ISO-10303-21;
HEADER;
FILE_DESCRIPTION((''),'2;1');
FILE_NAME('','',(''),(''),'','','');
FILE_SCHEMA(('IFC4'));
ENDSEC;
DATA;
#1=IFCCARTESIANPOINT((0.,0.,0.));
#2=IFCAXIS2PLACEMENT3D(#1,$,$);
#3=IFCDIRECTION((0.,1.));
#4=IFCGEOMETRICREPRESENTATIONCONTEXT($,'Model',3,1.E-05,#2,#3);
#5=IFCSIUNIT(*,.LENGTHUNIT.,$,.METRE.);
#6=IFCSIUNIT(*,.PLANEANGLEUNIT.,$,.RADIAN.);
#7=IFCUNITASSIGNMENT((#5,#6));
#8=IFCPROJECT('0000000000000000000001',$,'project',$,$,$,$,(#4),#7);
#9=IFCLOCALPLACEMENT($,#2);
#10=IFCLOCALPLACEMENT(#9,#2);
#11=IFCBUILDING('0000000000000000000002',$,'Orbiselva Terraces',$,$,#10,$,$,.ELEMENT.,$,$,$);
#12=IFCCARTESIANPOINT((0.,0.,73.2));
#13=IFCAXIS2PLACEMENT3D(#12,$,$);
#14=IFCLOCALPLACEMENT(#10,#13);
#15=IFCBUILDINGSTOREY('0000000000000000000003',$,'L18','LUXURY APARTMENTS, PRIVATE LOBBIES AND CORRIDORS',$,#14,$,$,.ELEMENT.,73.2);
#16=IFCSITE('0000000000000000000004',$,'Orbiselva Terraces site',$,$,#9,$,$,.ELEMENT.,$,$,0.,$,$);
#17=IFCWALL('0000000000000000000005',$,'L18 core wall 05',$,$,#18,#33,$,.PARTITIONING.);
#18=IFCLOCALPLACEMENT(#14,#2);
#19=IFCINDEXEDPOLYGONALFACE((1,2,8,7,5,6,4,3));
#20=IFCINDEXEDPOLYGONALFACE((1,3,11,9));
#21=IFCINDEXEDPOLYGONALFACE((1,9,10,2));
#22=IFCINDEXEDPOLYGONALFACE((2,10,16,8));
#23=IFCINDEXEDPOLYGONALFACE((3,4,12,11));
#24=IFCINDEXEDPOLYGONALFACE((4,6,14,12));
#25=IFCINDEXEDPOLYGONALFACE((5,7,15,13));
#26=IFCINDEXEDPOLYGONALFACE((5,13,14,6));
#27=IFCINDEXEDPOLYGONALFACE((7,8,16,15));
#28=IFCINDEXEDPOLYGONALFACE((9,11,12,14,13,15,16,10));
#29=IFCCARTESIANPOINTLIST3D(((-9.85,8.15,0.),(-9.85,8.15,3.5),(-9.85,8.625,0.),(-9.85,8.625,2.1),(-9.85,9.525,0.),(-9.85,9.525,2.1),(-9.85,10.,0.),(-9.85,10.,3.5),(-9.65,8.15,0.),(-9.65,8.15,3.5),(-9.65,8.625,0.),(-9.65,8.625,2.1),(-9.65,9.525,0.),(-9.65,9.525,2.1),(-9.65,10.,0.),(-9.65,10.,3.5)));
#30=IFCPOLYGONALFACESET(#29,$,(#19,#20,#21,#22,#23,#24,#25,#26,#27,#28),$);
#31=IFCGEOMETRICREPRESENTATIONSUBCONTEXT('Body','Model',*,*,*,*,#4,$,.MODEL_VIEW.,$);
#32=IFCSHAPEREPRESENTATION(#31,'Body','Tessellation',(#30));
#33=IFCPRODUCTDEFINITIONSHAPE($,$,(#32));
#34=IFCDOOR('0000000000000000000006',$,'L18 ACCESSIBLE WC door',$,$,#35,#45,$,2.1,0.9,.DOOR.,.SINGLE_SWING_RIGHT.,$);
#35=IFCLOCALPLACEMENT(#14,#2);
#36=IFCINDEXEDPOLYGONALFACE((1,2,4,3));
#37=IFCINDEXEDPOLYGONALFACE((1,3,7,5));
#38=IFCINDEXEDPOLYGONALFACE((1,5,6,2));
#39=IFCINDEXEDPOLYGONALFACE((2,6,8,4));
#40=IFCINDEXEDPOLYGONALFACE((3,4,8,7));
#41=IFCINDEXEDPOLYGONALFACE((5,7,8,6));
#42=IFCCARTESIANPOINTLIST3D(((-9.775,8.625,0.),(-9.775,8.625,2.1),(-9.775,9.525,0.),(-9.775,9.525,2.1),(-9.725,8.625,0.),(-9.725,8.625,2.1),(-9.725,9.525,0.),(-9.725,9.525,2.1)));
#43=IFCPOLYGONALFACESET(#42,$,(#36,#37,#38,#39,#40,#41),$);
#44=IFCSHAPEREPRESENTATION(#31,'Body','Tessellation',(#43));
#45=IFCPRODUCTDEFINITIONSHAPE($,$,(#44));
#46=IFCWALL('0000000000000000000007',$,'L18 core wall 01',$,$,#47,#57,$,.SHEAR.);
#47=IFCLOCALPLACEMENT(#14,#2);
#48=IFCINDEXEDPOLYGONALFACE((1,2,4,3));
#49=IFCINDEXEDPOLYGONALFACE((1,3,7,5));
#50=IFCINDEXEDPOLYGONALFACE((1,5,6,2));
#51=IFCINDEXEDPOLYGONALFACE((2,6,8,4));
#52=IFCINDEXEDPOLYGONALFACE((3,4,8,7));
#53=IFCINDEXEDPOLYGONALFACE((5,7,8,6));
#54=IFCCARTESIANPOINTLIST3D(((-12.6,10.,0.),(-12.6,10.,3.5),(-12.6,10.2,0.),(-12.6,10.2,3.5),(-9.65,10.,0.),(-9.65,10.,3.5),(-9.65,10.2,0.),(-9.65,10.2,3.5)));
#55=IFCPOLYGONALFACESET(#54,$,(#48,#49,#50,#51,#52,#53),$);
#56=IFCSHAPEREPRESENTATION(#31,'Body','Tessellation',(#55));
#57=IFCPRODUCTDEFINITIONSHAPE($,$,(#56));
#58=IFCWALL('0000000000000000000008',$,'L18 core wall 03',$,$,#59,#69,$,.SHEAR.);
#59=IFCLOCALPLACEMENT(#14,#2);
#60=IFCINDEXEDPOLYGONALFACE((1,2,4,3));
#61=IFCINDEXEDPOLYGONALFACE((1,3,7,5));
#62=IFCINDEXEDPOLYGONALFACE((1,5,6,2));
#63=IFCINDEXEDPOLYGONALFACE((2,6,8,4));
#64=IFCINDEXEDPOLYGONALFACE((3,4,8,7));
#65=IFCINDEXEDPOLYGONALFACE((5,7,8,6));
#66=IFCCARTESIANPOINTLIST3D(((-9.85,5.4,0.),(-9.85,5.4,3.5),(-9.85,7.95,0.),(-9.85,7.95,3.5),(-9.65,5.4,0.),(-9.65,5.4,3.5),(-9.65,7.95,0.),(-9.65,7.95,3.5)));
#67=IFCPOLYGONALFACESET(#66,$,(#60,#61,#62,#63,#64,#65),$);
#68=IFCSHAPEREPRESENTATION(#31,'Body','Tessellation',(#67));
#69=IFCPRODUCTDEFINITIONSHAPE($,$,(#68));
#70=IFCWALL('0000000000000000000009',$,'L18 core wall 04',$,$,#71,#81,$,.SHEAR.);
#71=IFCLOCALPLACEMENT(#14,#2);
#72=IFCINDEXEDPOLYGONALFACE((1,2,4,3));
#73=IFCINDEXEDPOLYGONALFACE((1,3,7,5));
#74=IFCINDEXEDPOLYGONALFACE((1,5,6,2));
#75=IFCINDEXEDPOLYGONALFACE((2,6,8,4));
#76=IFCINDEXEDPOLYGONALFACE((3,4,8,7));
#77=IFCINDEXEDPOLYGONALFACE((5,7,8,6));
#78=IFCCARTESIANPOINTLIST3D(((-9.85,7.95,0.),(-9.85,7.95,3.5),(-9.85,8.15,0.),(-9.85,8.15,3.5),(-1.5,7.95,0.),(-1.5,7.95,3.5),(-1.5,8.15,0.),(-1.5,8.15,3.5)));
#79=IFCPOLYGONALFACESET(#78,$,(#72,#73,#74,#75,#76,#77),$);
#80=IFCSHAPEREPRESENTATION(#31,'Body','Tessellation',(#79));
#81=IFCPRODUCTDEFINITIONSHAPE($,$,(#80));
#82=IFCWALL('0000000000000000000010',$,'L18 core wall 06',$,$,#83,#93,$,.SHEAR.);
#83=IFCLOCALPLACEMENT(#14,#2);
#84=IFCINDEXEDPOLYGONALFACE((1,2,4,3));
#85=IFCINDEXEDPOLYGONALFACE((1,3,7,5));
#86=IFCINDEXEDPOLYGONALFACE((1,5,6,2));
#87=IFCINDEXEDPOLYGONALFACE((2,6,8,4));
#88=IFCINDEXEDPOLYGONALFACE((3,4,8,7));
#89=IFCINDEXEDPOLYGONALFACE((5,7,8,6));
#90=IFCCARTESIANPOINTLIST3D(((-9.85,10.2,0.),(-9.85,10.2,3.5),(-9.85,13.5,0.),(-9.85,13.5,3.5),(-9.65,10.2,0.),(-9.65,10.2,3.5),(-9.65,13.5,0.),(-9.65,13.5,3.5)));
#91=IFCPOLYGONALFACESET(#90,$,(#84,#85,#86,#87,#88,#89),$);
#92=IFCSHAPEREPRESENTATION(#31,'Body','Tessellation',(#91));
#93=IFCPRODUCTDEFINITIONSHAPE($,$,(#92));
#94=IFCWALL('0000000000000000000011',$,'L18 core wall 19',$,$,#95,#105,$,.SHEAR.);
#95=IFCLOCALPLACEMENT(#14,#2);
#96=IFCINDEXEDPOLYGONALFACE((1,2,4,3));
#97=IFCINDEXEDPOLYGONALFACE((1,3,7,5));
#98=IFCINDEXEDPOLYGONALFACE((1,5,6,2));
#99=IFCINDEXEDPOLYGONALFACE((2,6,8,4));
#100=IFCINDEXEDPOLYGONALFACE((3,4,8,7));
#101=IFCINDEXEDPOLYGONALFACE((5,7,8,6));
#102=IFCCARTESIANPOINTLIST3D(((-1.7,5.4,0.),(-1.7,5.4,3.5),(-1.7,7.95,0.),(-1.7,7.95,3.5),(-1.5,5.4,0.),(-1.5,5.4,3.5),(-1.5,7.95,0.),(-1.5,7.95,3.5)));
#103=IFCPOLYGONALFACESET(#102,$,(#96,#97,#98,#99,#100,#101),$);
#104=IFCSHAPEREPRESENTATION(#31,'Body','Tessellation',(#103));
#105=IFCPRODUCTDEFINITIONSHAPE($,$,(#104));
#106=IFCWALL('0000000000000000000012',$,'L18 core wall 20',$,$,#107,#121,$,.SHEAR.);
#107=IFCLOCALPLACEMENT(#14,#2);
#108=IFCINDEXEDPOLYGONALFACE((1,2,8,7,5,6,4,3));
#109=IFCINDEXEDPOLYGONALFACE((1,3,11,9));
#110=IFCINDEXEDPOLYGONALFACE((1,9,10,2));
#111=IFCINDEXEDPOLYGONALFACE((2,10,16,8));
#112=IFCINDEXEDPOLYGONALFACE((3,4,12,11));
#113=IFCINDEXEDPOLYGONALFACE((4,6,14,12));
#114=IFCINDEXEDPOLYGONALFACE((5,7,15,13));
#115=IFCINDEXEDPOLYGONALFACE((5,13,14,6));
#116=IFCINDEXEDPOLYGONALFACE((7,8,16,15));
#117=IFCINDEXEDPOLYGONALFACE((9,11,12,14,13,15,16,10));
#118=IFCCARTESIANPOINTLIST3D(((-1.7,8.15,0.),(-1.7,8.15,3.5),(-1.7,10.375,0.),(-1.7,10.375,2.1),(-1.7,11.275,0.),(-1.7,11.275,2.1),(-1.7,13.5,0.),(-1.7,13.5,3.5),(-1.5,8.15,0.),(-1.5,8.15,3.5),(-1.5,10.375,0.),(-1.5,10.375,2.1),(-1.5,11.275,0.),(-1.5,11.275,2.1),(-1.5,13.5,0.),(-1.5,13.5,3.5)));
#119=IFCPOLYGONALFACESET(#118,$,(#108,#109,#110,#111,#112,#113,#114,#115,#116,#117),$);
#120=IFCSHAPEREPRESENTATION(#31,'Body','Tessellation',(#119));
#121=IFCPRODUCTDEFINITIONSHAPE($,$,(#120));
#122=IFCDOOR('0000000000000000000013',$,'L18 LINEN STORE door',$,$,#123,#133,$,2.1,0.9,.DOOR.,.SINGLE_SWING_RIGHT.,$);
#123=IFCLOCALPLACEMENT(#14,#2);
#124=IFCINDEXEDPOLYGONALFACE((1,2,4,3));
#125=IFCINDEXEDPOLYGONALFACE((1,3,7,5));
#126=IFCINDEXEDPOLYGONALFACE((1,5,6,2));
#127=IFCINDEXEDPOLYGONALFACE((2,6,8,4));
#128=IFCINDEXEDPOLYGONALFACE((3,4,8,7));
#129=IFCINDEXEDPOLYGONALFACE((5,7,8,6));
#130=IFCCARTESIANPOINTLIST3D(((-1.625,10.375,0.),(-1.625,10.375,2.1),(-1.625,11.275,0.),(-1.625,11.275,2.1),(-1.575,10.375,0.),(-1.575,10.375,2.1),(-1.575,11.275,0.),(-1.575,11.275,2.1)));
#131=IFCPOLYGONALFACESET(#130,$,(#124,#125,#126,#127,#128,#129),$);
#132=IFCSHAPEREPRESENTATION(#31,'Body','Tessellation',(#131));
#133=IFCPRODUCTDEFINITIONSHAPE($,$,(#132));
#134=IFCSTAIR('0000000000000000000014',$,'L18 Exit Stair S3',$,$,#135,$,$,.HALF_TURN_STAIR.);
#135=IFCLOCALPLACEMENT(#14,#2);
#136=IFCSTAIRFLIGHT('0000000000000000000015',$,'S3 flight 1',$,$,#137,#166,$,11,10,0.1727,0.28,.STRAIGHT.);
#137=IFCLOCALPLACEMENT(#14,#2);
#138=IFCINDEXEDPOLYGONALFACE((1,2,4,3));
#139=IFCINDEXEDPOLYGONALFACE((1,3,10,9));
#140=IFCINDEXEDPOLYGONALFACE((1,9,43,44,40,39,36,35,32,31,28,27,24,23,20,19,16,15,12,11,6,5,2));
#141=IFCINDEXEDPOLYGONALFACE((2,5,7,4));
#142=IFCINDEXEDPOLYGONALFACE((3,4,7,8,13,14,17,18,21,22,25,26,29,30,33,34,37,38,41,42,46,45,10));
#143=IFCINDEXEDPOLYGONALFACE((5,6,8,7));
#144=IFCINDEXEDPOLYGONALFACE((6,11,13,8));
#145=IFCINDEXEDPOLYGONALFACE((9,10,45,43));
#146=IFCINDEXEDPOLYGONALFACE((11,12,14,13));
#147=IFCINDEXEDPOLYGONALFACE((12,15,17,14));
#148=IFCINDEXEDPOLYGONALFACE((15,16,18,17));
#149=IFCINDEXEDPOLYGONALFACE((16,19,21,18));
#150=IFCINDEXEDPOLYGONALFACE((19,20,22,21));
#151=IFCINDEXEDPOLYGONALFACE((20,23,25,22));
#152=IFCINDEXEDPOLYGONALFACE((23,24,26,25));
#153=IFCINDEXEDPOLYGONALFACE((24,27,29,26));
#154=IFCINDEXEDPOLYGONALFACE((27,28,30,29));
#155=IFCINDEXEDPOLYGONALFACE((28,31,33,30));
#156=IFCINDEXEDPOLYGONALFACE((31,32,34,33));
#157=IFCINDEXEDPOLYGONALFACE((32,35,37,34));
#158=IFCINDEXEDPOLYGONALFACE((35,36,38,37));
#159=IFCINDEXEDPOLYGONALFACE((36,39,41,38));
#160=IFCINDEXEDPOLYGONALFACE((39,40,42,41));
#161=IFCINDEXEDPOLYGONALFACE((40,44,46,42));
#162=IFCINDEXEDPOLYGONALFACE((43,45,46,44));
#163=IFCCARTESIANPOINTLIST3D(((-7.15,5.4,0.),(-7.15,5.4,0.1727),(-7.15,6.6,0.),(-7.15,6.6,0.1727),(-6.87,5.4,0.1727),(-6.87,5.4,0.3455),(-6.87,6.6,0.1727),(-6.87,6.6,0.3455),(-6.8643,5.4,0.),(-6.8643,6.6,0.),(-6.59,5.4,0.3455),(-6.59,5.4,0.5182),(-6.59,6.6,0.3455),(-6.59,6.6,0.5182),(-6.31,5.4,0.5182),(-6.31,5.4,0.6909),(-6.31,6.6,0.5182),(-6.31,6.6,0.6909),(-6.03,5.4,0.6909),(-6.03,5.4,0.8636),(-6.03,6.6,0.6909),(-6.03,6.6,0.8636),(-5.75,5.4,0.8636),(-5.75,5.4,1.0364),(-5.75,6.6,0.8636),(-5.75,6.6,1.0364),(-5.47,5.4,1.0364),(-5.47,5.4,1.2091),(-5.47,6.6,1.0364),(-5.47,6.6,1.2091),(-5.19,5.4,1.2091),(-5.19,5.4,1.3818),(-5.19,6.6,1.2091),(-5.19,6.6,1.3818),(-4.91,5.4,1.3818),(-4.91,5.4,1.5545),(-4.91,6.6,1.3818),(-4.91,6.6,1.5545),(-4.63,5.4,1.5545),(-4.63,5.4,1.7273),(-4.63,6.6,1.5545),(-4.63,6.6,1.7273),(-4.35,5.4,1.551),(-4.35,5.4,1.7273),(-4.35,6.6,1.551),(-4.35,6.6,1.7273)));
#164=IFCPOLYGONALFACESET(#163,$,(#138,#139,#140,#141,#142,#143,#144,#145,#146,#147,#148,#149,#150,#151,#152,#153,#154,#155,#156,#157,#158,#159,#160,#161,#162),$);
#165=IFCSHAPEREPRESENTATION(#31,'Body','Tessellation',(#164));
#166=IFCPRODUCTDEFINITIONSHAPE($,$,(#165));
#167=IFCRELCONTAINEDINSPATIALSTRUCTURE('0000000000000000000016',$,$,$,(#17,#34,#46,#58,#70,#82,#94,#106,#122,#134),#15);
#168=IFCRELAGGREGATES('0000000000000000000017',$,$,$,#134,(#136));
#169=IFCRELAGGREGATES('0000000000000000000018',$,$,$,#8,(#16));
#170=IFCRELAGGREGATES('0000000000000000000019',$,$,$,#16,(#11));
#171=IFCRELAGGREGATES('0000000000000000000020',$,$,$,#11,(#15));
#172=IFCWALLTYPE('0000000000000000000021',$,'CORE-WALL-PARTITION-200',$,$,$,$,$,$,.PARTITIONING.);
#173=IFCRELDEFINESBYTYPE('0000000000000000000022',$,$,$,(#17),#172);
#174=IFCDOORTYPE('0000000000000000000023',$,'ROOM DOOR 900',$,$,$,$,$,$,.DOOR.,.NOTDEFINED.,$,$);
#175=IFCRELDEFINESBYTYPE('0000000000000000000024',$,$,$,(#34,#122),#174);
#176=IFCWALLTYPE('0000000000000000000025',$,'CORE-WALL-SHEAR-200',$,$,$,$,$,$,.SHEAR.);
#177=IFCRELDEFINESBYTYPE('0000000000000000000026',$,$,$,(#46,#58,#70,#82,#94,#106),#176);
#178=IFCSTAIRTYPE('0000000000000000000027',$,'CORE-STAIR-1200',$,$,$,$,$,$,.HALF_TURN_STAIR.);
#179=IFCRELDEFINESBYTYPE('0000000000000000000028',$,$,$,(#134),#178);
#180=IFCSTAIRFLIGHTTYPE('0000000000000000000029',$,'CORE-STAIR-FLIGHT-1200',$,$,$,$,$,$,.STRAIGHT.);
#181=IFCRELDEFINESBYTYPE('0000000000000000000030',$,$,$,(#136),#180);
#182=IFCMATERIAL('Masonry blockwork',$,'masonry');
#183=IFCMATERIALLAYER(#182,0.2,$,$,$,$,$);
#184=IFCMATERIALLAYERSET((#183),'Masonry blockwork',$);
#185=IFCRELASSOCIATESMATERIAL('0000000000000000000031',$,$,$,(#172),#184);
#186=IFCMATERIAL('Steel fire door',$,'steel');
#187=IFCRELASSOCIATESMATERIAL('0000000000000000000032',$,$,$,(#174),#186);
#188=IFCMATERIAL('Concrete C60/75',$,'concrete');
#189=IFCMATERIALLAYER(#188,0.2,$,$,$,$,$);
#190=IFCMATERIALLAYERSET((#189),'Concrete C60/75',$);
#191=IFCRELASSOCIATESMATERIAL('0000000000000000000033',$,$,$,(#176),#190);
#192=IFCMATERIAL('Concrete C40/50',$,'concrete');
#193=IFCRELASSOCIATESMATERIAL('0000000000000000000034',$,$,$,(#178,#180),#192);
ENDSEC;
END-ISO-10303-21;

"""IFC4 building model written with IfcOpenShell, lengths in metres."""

from ifc_helpers import new_model, si_unit, direction, frame, frame_2d, origin, place, context, subcontext, project, spatial, polyline, rectangle, outline, extrude, material, layer, layer_set, type_object, element, fill, aggregate, save


model = new_model("IFC4")

# Units and contexts
model_context = context("Model", 3, precision=1e-05, world=origin(), true_north=direction((0.0, 1.0)))
body_context = subcontext(model_context, "Body", "Model", "MODEL_VIEW")
ifc_project = project(units=[si_unit("LENGTHUNIT", "METRE"), si_unit("PLANEANGLEUNIT", "RADIAN")], contexts=[model_context])

# Site, building, storey
site_placement = place(None, origin())
site = spatial("IfcSite", under=ifc_project, at=site_placement, Name="Orbiselva Terraces site", CompositionType="ELEMENT", RefElevation=0.0)
building_placement = place(site_placement, origin())
building = spatial("IfcBuilding", under=site, at=building_placement, Name="Orbiselva Terraces", CompositionType="ELEMENT")
storey_placement = place(building_placement, frame((0.0, 0.0, 73.2)))
storey = spatial("IfcBuildingStorey", under=building, at=storey_placement, Name="L18", Description="LUXURY APARTMENTS, PRIVATE LOBBIES AND CORRIDORS", CompositionType="ELEMENT", Elevation=73.2)

# Wall, opening, door
ifc_material_1 = material(Name="Masonry blockwork", Category="masonry")
ifc_layer_1 = layer(ifc_material_1, 0.2)
ifc_layer_set_1 = layer_set([ifc_layer_1], Name="Masonry blockwork")
wall_type_1 = type_object("IfcWallType", Name="CORE-WALL-PARTITION-200", PredefinedType="PARTITIONING", material=ifc_layer_set_1)
wall_1_placement = place(storey_placement, frame((-9.75, 8.15, 0.0), z_axis=(0.0, 0.0, 1.0), x_axis=(0.0, 1.0, 0.0)))
wall_1 = element("IfcWall", 1, at=wall_1_placement, inside=storey, type_object=wall_type_1, Name="L18 core wall 05", PredefinedType="PARTITIONING", context=body_context, shape_type="SweptSolid", body=[
    extrude(rectangle(XDim=1.85, YDim=0.2, at=frame_2d((0.925, 0.0))), origin(), (0.0, 0.0, 1.0), 3.5),
])
opening_1_placement = place(wall_1_placement, frame((0.475, 0.0, 0.0)))
opening_1 = element("IfcOpeningElement", 2, at=opening_1_placement, cuts=wall_1, PredefinedType="OPENING", context=body_context, shape_type="SweptSolid", body=[
    extrude(rectangle(XDim=0.9, YDim=2.1, at=frame_2d((0.45, 1.05))), frame((0.0, 0.11, 0.0), z_axis=(0.0, -1.0, 0.0), x_axis=(1.0, 0.0, 0.0)), (0.0, 0.0, 1.0), 0.22),
])
ifc_material_2 = material(Name="Steel fire door", Category="steel")
door_type = type_object("IfcDoorType", Name="ROOM DOOR 900", OperationType="NOTDEFINED", PredefinedType="DOOR", material=ifc_material_2)
door_1_placement = place(opening_1_placement, origin())
door_1 = element("IfcDoor", 3, at=door_1_placement, inside=storey, type_object=door_type, Name="L18 ACCESSIBLE WC door", OperationType="SINGLE_SWING_RIGHT", OverallHeight=2.1, OverallWidth=0.9, PredefinedType="DOOR", context=body_context, shape_type="SweptSolid", body=[
    extrude(rectangle(XDim=0.9, YDim=2.1, at=frame_2d((0.45, 1.05))), frame((0.0, 0.025, 0.0), z_axis=(0.0, -1.0, 0.0), x_axis=(1.0, 0.0, 0.0)), (0.0, 0.0, 1.0), 0.05),
])
fill(opening_1, door_1)

# Walls
ifc_material_3 = material(Name="Concrete C60/75", Category="concrete")
ifc_layer_2 = layer(ifc_material_3, 0.2)
ifc_layer_set_2 = layer_set([ifc_layer_2], Name="Concrete C60/75")
wall_type_2 = type_object("IfcWallType", Name="CORE-WALL-SHEAR-200", PredefinedType="SHEAR", material=ifc_layer_set_2)
wall_2_placement = place(storey_placement, frame((-12.6, 10.1, 0.0), z_axis=(0.0, 0.0, 1.0), x_axis=(1.0, 0.0, 0.0)))
element("IfcWall", 4, at=wall_2_placement, inside=storey, type_object=wall_type_2, Name="L18 core wall 01", PredefinedType="SHEAR", context=body_context, shape_type="SweptSolid", body=[
    extrude(rectangle(XDim=2.95, YDim=0.2, at=frame_2d((1.475, 0.0))), origin(), (0.0, 0.0, 1.0), 3.5),
])
wall_3_placement = place(storey_placement, frame((-9.75, 5.4, 0.0), z_axis=(0.0, 0.0, 1.0), x_axis=(0.0, 1.0, 0.0)))
element("IfcWall", 5, at=wall_3_placement, inside=storey, type_object=wall_type_2, Name="L18 core wall 03", PredefinedType="SHEAR", context=body_context, shape_type="SweptSolid", body=[
    extrude(rectangle(XDim=2.55, YDim=0.2, at=frame_2d((1.275, 0.0))), origin(), (0.0, 0.0, 1.0), 3.5),
])
wall_4_placement = place(storey_placement, frame((-9.85, 8.05, 0.0), z_axis=(0.0, 0.0, 1.0), x_axis=(1.0, 0.0, 0.0)))
element("IfcWall", 6, at=wall_4_placement, inside=storey, type_object=wall_type_2, Name="L18 core wall 04", PredefinedType="SHEAR", context=body_context, shape_type="SweptSolid", body=[
    extrude(rectangle(XDim=8.35, YDim=0.2, at=frame_2d((4.175, 0.0))), origin(), (0.0, 0.0, 1.0), 3.5),
])
wall_5_placement = place(storey_placement, frame((-9.75, 10.2, 0.0), z_axis=(0.0, 0.0, 1.0), x_axis=(0.0, 1.0, 0.0)))
element("IfcWall", 7, at=wall_5_placement, inside=storey, type_object=wall_type_2, Name="L18 core wall 06", PredefinedType="SHEAR", context=body_context, shape_type="SweptSolid", body=[
    extrude(rectangle(XDim=3.3, YDim=0.2, at=frame_2d((1.65, 0.0))), origin(), (0.0, 0.0, 1.0), 3.5),
])
wall_6_placement = place(storey_placement, frame((-1.6, 5.4, 0.0), z_axis=(0.0, 0.0, 1.0), x_axis=(0.0, 1.0, 0.0)))
element("IfcWall", 8, at=wall_6_placement, inside=storey, type_object=wall_type_2, Name="L18 core wall 19", PredefinedType="SHEAR", context=body_context, shape_type="SweptSolid", body=[
    extrude(rectangle(XDim=2.55, YDim=0.2, at=frame_2d((1.275, 0.0))), origin(), (0.0, 0.0, 1.0), 3.5),
])

# Wall, opening, door
wall_7_placement = place(storey_placement, frame((-1.6, 8.15, 0.0), z_axis=(0.0, 0.0, 1.0), x_axis=(0.0, 1.0, 0.0)))
wall_7 = element("IfcWall", 9, at=wall_7_placement, inside=storey, type_object=wall_type_2, Name="L18 core wall 20", PredefinedType="SHEAR", context=body_context, shape_type="SweptSolid", body=[
    extrude(rectangle(XDim=5.35, YDim=0.2, at=frame_2d((2.675, 0.0))), origin(), (0.0, 0.0, 1.0), 3.5),
])
opening_2_placement = place(wall_7_placement, frame((2.225, 0.0, 0.0)))
opening_2 = element("IfcOpeningElement", 10, at=opening_2_placement, cuts=wall_7, PredefinedType="OPENING", context=body_context, shape_type="SweptSolid", body=[
    extrude(rectangle(XDim=0.9, YDim=2.1, at=frame_2d((0.45, 1.05))), frame((0.0, 0.11, 0.0), z_axis=(0.0, -1.0, 0.0), x_axis=(1.0, 0.0, 0.0)), (0.0, 0.0, 1.0), 0.22),
])
door_2_placement = place(opening_2_placement, origin())
door_2 = element("IfcDoor", 11, at=door_2_placement, inside=storey, type_object=door_type, Name="L18 LINEN STORE door", OperationType="SINGLE_SWING_RIGHT", OverallHeight=2.1, OverallWidth=0.9, PredefinedType="DOOR", context=body_context, shape_type="SweptSolid", body=[
    extrude(rectangle(XDim=0.9, YDim=2.1, at=frame_2d((0.45, 1.05))), frame((0.0, 0.025, 0.0), z_axis=(0.0, -1.0, 0.0), x_axis=(1.0, 0.0, 0.0)), (0.0, 0.0, 1.0), 0.05),
])
fill(opening_2, door_2)

# Stair, stair flight
ifc_material_4 = material(Name="Concrete C40/50", Category="concrete")
stair_type_1 = type_object("IfcStairType", Name="CORE-STAIR-1200", PredefinedType="HALF_TURN_STAIR", material=ifc_material_4)
stair_1_placement = place(storey_placement, origin())
stair_1 = element("IfcStair", 12, at=stair_1_placement, inside=storey, type_object=stair_type_1, Name="L18 Exit Stair S3", PredefinedType="HALF_TURN_STAIR")
stair_flight_type_1 = type_object("IfcStairFlightType", Name="CORE-STAIR-FLIGHT-1200", PredefinedType="STRAIGHT", material=ifc_material_4)
stair_flight_1_placement = place(storey_placement, frame((-7.15, 6.0, 0.0), z_axis=(0.0, 0.0, 1.0), x_axis=(1.0, 0.0, 0.0)))
stair_flight_1 = element("IfcStairFlight", 13, at=stair_flight_1_placement, type_object=stair_flight_type_1, Name="S3 flight 1", NumberOfRisers=11, NumberOfTreads=10, PredefinedType="STRAIGHT", RiserHeight=0.1727, TreadLength=0.28, context=body_context, shape_type="SweptSolid", body=[
    extrude(outline(polyline([(0.0, 0.0), (0.0, 0.1727), (0.28, 0.1727), (0.28, 0.3455), (0.56, 0.3455), (0.56, 0.5182), (0.84, 0.5182), (0.84, 0.6909), (1.12, 0.6909), (1.12, 0.8636), (1.4, 0.8636), (1.4, 1.0364), (1.68, 1.0364), (1.68, 1.2091), (1.96, 1.2091), (1.96, 1.3818), (2.24, 1.3818), (2.24, 1.5545), (2.52, 1.5545), (2.52, 1.7273), (2.8, 1.7273), (2.8, 1.9), (2.8, 1.551), (0.2857, 0.0), (0.0, 0.0)])), frame((0.0, 0.6, 0.0), z_axis=(0.0, -1.0, 0.0), x_axis=(1.0, 0.0, 0.0)), (0.0, 0.0, 1.0), 1.2),
])
aggregate(stair_1, [stair_flight_1])

save(model, "model.ifc")
